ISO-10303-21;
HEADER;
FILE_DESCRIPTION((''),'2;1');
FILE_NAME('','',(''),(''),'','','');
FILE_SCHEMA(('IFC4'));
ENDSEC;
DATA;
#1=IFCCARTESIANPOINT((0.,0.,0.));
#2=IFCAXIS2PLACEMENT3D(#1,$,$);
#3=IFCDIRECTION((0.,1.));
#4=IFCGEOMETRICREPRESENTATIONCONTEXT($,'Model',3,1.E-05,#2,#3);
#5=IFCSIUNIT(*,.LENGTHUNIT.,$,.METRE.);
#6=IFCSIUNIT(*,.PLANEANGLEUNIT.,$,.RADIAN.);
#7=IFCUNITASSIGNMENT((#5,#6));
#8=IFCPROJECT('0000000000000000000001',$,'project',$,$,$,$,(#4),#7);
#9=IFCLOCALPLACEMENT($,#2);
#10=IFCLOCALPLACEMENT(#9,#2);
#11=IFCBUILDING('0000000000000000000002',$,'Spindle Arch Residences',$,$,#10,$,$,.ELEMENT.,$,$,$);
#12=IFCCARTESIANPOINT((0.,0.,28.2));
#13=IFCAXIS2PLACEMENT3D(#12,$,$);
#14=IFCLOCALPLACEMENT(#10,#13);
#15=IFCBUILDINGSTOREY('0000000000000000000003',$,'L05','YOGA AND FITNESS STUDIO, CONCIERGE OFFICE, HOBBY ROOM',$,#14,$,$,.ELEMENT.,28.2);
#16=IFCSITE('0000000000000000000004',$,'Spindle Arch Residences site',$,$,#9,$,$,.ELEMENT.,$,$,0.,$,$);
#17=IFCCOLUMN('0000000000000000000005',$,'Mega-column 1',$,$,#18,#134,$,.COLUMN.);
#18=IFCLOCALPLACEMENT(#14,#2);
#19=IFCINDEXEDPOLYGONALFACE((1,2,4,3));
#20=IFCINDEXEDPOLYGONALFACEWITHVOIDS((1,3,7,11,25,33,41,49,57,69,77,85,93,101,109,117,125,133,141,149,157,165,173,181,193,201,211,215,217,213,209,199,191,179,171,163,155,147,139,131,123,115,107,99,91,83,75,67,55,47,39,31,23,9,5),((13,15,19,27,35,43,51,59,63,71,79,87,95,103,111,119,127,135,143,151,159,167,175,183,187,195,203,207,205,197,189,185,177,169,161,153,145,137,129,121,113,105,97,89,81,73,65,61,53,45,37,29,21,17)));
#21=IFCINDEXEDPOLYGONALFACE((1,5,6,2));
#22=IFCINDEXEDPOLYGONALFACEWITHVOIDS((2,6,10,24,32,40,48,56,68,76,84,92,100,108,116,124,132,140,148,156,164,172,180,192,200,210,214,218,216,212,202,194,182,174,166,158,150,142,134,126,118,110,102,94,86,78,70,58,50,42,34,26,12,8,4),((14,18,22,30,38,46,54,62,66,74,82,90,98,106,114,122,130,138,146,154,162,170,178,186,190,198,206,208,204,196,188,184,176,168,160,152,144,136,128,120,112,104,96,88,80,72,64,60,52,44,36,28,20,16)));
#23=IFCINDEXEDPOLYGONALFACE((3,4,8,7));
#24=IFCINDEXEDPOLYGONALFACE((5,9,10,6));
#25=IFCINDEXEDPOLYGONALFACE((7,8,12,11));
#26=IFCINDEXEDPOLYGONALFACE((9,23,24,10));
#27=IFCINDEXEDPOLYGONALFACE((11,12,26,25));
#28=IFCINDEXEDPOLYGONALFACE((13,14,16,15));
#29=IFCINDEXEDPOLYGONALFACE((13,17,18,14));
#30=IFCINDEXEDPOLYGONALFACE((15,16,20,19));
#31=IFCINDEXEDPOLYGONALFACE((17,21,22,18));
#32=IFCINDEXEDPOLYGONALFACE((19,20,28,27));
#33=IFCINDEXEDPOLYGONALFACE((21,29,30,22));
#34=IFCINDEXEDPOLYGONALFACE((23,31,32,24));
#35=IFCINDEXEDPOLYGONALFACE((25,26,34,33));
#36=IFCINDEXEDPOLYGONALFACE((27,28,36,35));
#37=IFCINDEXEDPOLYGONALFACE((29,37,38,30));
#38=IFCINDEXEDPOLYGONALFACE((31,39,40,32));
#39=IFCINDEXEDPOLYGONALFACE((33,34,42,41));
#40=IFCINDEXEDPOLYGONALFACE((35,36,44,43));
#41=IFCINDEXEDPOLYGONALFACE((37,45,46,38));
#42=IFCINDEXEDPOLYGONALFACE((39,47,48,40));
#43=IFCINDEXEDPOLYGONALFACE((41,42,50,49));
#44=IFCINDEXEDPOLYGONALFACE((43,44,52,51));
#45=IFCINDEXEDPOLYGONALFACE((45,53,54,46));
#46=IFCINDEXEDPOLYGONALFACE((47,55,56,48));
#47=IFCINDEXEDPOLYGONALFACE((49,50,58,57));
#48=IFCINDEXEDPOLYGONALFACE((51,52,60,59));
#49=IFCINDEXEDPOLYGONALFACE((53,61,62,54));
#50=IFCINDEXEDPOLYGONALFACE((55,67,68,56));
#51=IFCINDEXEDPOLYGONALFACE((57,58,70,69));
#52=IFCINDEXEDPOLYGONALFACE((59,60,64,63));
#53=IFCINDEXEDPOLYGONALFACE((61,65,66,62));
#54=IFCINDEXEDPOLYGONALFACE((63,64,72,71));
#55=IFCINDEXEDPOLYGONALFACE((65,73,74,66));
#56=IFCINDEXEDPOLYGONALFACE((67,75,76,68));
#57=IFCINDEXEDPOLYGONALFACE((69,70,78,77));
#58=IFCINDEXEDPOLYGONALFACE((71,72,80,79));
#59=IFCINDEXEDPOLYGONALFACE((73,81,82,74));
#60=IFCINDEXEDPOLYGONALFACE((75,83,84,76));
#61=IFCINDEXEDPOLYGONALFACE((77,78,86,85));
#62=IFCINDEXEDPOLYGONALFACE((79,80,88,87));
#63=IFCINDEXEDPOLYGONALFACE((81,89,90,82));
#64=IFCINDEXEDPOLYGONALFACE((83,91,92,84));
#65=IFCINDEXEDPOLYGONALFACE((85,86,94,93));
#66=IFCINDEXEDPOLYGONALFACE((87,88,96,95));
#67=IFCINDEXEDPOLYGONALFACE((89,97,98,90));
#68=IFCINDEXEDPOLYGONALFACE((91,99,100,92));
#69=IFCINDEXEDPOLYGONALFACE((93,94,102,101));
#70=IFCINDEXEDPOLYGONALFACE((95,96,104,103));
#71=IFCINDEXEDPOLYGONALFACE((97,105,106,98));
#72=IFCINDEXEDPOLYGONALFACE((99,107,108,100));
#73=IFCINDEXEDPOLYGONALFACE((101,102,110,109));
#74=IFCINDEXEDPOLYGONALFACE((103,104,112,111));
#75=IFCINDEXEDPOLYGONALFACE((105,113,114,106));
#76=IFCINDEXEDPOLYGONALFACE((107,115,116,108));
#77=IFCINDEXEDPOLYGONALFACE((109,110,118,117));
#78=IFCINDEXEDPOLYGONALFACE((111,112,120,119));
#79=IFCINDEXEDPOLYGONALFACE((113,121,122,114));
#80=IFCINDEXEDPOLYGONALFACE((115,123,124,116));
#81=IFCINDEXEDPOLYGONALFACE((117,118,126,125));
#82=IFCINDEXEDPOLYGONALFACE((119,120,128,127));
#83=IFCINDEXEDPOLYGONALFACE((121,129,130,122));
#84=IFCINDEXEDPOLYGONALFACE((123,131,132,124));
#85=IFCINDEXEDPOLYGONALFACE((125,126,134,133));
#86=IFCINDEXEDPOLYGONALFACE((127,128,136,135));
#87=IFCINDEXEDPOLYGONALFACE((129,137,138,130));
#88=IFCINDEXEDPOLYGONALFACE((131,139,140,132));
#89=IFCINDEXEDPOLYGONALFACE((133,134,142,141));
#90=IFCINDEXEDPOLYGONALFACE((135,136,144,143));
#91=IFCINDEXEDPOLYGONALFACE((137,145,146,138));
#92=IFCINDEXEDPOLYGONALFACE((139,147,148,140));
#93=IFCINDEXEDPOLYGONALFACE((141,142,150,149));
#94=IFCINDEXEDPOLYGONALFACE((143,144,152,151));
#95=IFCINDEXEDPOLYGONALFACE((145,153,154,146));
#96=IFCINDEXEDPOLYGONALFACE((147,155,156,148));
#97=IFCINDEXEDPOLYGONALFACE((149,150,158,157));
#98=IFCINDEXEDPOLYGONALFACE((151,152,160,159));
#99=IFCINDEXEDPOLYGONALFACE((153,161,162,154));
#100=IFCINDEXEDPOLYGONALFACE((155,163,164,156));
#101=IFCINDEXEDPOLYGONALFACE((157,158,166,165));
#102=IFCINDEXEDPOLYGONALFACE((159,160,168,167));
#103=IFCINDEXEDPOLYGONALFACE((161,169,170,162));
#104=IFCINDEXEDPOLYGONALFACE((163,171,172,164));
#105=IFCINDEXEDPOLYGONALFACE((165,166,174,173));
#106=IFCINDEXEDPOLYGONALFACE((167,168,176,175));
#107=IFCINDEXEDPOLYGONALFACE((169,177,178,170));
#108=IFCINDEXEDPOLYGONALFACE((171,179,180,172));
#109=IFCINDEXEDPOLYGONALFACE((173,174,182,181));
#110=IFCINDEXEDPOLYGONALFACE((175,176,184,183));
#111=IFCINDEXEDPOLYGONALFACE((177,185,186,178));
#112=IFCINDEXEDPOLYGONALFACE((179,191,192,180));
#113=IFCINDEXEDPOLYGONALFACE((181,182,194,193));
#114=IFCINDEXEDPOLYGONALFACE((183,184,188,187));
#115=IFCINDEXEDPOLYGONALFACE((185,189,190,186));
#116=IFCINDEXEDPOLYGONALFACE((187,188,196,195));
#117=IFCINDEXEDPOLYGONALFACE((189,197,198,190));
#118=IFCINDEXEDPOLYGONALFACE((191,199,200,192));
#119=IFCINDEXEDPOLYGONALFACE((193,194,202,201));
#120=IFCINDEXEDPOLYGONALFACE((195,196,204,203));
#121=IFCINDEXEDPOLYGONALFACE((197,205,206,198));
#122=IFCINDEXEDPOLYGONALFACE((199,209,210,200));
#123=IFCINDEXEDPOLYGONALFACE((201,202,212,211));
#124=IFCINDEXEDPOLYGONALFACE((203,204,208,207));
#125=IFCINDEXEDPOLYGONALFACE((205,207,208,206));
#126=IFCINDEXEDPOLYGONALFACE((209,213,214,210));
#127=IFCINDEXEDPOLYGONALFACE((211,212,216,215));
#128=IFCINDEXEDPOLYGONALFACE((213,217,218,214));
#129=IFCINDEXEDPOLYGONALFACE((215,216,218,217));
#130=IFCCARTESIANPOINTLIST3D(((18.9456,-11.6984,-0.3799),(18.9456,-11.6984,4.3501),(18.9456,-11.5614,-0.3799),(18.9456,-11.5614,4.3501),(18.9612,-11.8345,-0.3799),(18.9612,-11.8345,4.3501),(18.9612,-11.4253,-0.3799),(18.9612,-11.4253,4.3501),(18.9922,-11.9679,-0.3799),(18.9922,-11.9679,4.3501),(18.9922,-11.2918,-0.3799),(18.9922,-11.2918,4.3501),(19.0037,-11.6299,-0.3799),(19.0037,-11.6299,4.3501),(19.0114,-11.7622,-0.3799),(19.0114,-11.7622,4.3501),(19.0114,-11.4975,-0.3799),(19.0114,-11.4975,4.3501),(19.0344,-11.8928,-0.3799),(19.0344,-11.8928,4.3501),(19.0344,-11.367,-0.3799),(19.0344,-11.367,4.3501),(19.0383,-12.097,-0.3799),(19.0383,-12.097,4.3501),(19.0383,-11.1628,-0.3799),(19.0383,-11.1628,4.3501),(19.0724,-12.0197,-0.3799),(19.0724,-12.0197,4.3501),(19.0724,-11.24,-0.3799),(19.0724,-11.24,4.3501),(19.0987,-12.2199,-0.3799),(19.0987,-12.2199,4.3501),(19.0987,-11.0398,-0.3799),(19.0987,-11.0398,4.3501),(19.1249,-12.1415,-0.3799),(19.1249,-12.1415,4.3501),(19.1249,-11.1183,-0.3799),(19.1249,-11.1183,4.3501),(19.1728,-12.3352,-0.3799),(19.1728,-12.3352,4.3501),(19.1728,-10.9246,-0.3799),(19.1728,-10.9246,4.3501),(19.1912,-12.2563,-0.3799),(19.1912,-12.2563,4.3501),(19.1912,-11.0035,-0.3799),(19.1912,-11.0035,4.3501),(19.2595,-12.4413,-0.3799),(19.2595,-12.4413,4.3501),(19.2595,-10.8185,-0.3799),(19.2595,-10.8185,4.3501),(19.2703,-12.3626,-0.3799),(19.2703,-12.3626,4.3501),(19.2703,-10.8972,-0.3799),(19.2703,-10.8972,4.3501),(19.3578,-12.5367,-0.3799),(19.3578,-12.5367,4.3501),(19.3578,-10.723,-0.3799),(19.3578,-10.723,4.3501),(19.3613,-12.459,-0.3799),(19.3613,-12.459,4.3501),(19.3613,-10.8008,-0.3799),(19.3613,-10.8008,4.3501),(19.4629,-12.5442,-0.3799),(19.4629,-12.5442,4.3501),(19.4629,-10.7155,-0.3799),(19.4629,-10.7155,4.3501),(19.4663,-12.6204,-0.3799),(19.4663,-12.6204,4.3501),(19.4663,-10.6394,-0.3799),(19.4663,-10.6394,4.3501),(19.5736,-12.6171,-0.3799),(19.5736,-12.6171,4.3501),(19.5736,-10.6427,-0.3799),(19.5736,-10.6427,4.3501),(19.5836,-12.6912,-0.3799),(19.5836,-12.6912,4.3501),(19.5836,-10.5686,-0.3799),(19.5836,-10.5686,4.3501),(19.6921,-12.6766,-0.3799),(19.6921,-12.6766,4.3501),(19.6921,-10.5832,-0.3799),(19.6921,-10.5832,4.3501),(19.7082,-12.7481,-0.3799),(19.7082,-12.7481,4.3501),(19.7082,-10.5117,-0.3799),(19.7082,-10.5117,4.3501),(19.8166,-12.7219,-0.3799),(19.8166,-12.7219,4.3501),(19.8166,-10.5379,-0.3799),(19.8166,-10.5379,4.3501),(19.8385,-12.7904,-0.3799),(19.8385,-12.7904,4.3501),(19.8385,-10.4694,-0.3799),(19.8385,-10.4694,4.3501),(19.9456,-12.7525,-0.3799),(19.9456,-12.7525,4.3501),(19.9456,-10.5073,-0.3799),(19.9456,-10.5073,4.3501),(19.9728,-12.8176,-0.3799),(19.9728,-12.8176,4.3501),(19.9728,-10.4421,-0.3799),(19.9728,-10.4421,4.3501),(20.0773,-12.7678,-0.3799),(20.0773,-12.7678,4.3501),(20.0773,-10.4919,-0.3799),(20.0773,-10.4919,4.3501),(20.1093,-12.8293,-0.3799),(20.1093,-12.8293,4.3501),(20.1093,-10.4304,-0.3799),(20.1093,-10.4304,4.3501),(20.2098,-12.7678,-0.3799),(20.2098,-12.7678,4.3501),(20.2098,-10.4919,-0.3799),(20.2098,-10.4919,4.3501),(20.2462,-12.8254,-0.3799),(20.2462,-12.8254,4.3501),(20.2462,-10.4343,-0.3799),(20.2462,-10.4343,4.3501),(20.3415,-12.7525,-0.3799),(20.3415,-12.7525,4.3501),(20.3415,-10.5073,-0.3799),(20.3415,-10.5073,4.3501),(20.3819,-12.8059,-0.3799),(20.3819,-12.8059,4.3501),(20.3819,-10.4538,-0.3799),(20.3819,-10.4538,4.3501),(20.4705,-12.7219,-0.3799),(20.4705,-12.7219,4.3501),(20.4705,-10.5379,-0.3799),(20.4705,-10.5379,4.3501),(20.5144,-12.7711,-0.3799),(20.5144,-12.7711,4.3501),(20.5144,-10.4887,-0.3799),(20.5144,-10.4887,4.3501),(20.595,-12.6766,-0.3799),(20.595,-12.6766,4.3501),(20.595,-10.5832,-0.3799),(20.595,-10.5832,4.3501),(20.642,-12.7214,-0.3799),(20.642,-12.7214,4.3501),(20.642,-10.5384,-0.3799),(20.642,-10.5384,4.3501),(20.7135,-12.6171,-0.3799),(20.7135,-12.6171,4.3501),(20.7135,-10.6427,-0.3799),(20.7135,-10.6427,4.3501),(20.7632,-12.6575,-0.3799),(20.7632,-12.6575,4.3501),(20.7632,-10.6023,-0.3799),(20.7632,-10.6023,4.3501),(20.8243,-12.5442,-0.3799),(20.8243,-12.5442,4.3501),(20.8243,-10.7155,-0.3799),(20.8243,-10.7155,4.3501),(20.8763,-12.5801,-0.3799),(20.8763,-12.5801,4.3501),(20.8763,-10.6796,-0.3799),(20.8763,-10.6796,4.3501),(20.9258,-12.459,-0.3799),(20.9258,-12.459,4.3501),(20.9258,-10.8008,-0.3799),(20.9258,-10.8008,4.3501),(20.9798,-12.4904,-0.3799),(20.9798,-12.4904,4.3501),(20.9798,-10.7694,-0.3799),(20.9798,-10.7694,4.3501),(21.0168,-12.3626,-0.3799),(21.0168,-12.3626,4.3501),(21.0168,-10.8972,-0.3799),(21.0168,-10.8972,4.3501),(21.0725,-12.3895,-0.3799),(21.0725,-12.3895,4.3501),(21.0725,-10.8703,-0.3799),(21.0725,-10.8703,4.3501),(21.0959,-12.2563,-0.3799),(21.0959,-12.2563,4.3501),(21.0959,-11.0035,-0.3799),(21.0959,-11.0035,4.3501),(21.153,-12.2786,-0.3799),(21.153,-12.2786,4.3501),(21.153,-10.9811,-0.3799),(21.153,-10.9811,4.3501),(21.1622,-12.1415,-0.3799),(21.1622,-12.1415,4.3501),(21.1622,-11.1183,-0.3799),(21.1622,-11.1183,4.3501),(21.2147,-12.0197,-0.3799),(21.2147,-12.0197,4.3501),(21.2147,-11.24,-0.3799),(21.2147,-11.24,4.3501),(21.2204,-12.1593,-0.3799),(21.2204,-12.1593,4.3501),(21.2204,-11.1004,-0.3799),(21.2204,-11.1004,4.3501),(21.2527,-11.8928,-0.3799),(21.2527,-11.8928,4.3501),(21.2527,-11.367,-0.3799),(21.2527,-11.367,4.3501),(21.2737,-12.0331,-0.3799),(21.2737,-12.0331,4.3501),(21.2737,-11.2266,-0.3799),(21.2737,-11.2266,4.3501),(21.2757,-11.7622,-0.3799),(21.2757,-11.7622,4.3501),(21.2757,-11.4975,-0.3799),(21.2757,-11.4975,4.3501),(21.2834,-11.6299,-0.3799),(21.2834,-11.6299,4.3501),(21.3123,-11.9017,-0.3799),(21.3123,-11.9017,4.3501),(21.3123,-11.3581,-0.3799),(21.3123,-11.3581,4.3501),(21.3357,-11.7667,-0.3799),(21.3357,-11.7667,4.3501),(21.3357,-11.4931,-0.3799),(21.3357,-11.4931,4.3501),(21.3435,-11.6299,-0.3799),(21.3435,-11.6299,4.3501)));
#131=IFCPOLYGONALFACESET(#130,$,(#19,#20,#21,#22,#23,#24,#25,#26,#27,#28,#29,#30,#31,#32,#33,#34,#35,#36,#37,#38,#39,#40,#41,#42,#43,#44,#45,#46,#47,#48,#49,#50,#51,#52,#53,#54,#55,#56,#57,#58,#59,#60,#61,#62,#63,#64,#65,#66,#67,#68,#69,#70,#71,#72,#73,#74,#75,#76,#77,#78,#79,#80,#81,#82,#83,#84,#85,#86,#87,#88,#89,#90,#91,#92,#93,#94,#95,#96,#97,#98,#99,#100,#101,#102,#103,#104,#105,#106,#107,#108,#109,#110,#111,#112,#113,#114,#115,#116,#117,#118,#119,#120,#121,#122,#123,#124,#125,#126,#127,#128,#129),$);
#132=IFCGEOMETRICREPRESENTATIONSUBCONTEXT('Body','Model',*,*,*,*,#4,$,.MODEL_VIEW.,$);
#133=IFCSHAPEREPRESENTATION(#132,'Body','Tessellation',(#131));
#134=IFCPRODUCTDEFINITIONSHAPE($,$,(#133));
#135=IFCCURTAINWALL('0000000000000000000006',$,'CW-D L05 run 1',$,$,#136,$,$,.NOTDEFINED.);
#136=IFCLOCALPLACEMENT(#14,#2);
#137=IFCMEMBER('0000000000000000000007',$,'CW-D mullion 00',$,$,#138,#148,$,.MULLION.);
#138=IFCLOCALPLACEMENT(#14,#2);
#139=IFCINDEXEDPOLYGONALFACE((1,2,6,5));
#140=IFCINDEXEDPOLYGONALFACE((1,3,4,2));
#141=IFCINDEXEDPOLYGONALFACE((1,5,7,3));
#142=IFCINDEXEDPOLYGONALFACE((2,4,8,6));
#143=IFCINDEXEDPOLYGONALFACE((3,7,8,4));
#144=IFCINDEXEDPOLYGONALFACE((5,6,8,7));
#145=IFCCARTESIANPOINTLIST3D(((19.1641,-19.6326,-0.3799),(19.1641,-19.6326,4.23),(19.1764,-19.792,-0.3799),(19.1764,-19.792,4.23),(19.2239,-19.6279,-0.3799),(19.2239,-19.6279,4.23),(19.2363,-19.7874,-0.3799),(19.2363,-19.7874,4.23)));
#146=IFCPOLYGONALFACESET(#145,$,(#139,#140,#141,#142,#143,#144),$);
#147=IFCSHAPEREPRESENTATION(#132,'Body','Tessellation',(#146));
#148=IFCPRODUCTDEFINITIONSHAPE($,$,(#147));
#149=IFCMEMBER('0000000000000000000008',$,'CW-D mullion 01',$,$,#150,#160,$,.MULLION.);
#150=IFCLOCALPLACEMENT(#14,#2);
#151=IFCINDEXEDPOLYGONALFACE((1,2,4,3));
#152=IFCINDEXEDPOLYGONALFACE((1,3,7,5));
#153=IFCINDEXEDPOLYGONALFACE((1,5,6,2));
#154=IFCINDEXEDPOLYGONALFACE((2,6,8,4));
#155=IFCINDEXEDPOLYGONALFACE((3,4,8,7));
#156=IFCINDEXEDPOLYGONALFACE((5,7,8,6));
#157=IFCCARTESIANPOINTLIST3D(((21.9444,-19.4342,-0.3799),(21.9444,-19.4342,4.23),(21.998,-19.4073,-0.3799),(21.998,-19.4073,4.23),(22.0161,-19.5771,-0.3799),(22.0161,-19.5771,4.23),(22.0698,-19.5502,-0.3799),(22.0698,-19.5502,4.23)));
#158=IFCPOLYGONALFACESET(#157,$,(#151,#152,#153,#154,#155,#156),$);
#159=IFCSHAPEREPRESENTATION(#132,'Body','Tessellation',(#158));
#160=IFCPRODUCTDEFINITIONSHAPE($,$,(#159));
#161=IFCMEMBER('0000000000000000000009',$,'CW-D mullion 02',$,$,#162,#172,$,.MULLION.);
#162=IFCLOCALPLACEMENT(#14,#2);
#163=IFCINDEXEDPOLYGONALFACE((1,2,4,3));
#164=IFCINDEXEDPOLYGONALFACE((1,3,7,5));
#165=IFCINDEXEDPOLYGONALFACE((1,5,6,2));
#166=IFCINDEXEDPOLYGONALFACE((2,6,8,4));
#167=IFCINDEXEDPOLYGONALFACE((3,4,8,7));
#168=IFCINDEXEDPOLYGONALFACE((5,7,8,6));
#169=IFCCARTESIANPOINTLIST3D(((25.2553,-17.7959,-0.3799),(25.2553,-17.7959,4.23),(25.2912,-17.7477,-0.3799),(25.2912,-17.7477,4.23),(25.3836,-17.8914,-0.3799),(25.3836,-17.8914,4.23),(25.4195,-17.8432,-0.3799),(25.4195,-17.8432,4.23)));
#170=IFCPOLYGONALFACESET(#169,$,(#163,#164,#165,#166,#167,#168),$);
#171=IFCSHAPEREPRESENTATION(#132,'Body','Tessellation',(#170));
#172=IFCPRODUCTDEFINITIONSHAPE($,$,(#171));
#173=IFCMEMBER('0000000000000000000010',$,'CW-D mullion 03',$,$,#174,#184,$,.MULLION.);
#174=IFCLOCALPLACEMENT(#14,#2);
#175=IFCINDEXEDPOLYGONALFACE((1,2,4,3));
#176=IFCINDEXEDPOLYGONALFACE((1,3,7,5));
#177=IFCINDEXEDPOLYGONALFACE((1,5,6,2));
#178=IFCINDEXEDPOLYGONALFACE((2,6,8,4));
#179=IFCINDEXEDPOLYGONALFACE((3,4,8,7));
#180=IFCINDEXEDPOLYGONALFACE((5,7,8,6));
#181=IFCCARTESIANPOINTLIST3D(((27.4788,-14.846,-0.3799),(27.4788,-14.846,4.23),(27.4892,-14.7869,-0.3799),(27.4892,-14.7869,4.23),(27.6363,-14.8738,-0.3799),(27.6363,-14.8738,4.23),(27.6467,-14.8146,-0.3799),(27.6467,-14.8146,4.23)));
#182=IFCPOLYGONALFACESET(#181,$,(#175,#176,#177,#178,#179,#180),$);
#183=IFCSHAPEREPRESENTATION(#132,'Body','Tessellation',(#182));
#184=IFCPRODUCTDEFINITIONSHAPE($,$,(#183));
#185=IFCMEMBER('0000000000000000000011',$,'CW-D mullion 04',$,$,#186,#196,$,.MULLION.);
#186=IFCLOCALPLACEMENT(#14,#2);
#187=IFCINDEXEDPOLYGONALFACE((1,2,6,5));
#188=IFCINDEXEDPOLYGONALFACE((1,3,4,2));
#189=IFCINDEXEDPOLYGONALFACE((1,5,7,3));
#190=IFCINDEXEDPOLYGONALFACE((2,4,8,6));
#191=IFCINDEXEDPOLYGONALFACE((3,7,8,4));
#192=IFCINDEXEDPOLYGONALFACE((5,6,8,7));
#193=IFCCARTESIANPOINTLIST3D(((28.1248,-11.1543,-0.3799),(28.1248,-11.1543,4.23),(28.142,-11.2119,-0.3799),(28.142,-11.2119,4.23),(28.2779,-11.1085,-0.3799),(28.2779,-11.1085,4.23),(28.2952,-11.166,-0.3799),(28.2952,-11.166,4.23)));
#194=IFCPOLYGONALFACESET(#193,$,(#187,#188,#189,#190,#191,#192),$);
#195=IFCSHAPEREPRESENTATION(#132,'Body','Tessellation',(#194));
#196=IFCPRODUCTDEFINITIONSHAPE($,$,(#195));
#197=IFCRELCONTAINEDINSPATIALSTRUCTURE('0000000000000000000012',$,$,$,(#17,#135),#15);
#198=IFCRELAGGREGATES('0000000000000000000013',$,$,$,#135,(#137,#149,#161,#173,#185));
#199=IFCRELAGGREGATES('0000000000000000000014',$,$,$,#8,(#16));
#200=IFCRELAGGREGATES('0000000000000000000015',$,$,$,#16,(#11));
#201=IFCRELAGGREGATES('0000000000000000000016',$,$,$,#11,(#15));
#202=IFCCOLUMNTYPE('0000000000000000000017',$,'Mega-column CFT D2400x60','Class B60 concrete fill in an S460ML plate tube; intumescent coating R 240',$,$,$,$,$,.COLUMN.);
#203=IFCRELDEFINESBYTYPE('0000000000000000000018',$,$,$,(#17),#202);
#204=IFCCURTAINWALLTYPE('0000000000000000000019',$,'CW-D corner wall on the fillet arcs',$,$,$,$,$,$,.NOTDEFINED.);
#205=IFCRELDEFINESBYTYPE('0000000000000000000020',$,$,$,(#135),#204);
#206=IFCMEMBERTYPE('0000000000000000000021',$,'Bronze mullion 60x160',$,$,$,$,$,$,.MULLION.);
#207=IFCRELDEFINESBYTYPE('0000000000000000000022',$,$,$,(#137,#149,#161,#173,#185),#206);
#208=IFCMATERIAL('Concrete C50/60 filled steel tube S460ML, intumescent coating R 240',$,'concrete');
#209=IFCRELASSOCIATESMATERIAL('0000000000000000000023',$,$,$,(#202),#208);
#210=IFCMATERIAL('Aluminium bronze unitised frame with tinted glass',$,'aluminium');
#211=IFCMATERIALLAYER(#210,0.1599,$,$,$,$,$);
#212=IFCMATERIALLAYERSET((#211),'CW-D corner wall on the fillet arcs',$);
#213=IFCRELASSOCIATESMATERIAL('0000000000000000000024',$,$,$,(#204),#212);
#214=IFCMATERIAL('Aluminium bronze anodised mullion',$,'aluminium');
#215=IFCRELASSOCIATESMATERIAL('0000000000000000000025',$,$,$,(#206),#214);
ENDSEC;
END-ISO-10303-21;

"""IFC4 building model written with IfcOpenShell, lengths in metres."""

from ifc_helpers import new_model, si_unit, direction, frame, origin, origin_2d, place, context, subcontext, project, spatial, rectangle, hollow_circle, extrude, material, layer, layer_set, material_profile, profile_set, type_object, element, aggregate, save


model = new_model("IFC4")

# Units and contexts
model_context = context("Model", 3, precision=1e-05, world=origin(), true_north=direction((0.0, 1.0)))
body_context = subcontext(model_context, "Body", "Model", "MODEL_VIEW")
ifc_project = project(units=[si_unit("LENGTHUNIT", "METRE"), si_unit("PLANEANGLEUNIT", "RADIAN")], contexts=[model_context])

# Site, building, storey
site_placement = place(None, origin())
site = spatial("IfcSite", under=ifc_project, at=site_placement, Name="Spindle Arch Residences site", CompositionType="ELEMENT", RefElevation=0.0)
building_placement = place(site_placement, origin())
building = spatial("IfcBuilding", under=site, at=building_placement, Name="Spindle Arch Residences", CompositionType="ELEMENT")
storey_placement = place(building_placement, frame((0.0, 0.0, 28.2)))
storey = spatial("IfcBuildingStorey", under=building, at=storey_placement, Name="L05", Description="YOGA AND FITNESS STUDIO, CONCIERGE OFFICE, HOBBY ROOM", CompositionType="ELEMENT", Elevation=28.2)

# Column
ifc_material_1 = material(Name="Concrete C50/60 filled steel tube S460ML, intumescent coating R 240", Category="concrete")
ifc_material_profile_1 = material_profile(ifc_material_1, hollow_circle(Radius=1.2, WallThickness=0.0601, at=origin_2d()), Name="CFT D2400x60")
ifc_profile_set_1 = profile_set([ifc_material_profile_1], Name="Concrete C50/60 filled steel tube S460ML, intumescent coating R 240")
column_type_1 = type_object("IfcColumnType", Name="Mega-column CFT D2400x60", Description="Class B60 concrete fill in an S460ML plate tube; intumescent coating R 240", PredefinedType="COLUMN", material=ifc_profile_set_1)
column_1_placement = place(storey_placement, frame((20.1436, -11.6299, -0.3799), z_axis=(0.0, 0.0, 1.0), x_axis=(1.0, 0.0, 0.0)))
element("IfcColumn", 1, at=column_1_placement, inside=storey, type_object=column_type_1, Name="Mega-column 1", PredefinedType="COLUMN", context=body_context, shape_type="SweptSolid", body=[
    extrude(hollow_circle(Radius=1.2, WallThickness=0.0601, at=origin_2d()), origin(), (0.0, 0.0, 1.0), 4.73),
])

# Curtain wall, members
ifc_material_2 = material(Name="Aluminium bronze unitised frame with tinted glass", Category="aluminium")
ifc_layer_1 = layer(ifc_material_2, 0.1599)
ifc_layer_set_1 = layer_set([ifc_layer_1], Name="CW-D corner wall on the fillet arcs")
curtain_wall_type_1 = type_object("IfcCurtainWallType", Name="CW-D corner wall on the fillet arcs", PredefinedType="NOTDEFINED", material=ifc_layer_set_1)
curtain_wall_1_placement = place(storey_placement, origin())
curtain_wall_1 = element("IfcCurtainWall", 2, at=curtain_wall_1_placement, inside=storey, type_object=curtain_wall_type_1, Name="CW-D L05 run 1", PredefinedType="NOTDEFINED")
ifc_material_3 = material(Name="Aluminium bronze anodised mullion", Category="aluminium")
ifc_material_profile_2 = material_profile(ifc_material_3, rectangle(XDim=0.1599, YDim=0.0601, at=origin_2d()), Name="MU 60x160")
ifc_profile_set_2 = profile_set([ifc_material_profile_2], Name="Aluminium bronze anodised mullion")
member_type_1 = type_object("IfcMemberType", Name="Bronze mullion 60x160", PredefinedType="MULLION", material=ifc_profile_set_2)
member_1_placement = place(storey_placement, frame((19.2002, -19.71, -0.3799), z_axis=(0.0, 0.0, 1.0), x_axis=(-0.077364, 0.997003, 0.0)))
member_1 = element("IfcMember", 3, at=member_1_placement, type_object=member_type_1, Name="CW-D mullion 00", PredefinedType="MULLION", context=body_context, shape_type="SweptSolid", body=[
    extrude(rectangle(XDim=0.1599, YDim=0.0601, at=origin_2d()), origin(), (0.0, 0.0, 1.0), 4.6099),
])
member_2_placement = place(storey_placement, frame((22.0071, -19.4922, -0.3799), z_axis=(0.0, 0.0, 1.0), x_axis=(-0.448799, 0.893633, 0.0)))
member_2 = element("IfcMember", 4, at=member_2_placement, type_object=member_type_1, Name="CW-D mullion 01", PredefinedType="MULLION", context=body_context, shape_type="SweptSolid", body=[
    extrude(rectangle(XDim=0.1599, YDim=0.0601, at=origin_2d()), origin(), (0.0, 0.0, 1.0), 4.6099),
])
member_3_placement = place(storey_placement, frame((25.3374, -17.8196, -0.3799), z_axis=(0.0, 0.0, 1.0), x_axis=(-0.802123, 0.597159, 0.0)))
member_3 = element("IfcMember", 5, at=member_3_placement, type_object=member_type_1, Name="CW-D mullion 02", PredefinedType="MULLION", context=body_context, shape_type="SweptSolid", body=[
    extrude(rectangle(XDim=0.1599, YDim=0.0601, at=origin_2d()), origin(), (0.0, 0.0, 1.0), 4.6099),
])
member_4_placement = place(storey_placement, frame((27.5627, -14.8303, -0.3799), z_axis=(0.0, 0.0, 1.0), x_axis=(-0.984808, 0.173648, 0.0)))
member_4 = element("IfcMember", 6, at=member_4_placement, type_object=member_type_1, Name="CW-D mullion 03", PredefinedType="MULLION", context=body_context, shape_type="SweptSolid", body=[
    extrude(rectangle(XDim=0.1599, YDim=0.0601, at=origin_2d()), origin(), (0.0, 0.0, 1.0), 4.6099),
])
member_5_placement = place(storey_placement, frame((28.21, -11.1602, -0.3799), z_axis=(0.0, 0.0, 1.0), x_axis=(-0.95799, -0.286803, 0.0)))
member_5 = element("IfcMember", 7, at=member_5_placement, type_object=member_type_1, Name="CW-D mullion 04", PredefinedType="MULLION", context=body_context, shape_type="SweptSolid", body=[
    extrude(rectangle(XDim=0.1599, YDim=0.0601, at=origin_2d()), origin(), (0.0, 0.0, 1.0), 4.6099),
])

aggregate(curtain_wall_1, [member_1, member_2, member_3, member_4, member_5])

save(model, "model.ifc")
